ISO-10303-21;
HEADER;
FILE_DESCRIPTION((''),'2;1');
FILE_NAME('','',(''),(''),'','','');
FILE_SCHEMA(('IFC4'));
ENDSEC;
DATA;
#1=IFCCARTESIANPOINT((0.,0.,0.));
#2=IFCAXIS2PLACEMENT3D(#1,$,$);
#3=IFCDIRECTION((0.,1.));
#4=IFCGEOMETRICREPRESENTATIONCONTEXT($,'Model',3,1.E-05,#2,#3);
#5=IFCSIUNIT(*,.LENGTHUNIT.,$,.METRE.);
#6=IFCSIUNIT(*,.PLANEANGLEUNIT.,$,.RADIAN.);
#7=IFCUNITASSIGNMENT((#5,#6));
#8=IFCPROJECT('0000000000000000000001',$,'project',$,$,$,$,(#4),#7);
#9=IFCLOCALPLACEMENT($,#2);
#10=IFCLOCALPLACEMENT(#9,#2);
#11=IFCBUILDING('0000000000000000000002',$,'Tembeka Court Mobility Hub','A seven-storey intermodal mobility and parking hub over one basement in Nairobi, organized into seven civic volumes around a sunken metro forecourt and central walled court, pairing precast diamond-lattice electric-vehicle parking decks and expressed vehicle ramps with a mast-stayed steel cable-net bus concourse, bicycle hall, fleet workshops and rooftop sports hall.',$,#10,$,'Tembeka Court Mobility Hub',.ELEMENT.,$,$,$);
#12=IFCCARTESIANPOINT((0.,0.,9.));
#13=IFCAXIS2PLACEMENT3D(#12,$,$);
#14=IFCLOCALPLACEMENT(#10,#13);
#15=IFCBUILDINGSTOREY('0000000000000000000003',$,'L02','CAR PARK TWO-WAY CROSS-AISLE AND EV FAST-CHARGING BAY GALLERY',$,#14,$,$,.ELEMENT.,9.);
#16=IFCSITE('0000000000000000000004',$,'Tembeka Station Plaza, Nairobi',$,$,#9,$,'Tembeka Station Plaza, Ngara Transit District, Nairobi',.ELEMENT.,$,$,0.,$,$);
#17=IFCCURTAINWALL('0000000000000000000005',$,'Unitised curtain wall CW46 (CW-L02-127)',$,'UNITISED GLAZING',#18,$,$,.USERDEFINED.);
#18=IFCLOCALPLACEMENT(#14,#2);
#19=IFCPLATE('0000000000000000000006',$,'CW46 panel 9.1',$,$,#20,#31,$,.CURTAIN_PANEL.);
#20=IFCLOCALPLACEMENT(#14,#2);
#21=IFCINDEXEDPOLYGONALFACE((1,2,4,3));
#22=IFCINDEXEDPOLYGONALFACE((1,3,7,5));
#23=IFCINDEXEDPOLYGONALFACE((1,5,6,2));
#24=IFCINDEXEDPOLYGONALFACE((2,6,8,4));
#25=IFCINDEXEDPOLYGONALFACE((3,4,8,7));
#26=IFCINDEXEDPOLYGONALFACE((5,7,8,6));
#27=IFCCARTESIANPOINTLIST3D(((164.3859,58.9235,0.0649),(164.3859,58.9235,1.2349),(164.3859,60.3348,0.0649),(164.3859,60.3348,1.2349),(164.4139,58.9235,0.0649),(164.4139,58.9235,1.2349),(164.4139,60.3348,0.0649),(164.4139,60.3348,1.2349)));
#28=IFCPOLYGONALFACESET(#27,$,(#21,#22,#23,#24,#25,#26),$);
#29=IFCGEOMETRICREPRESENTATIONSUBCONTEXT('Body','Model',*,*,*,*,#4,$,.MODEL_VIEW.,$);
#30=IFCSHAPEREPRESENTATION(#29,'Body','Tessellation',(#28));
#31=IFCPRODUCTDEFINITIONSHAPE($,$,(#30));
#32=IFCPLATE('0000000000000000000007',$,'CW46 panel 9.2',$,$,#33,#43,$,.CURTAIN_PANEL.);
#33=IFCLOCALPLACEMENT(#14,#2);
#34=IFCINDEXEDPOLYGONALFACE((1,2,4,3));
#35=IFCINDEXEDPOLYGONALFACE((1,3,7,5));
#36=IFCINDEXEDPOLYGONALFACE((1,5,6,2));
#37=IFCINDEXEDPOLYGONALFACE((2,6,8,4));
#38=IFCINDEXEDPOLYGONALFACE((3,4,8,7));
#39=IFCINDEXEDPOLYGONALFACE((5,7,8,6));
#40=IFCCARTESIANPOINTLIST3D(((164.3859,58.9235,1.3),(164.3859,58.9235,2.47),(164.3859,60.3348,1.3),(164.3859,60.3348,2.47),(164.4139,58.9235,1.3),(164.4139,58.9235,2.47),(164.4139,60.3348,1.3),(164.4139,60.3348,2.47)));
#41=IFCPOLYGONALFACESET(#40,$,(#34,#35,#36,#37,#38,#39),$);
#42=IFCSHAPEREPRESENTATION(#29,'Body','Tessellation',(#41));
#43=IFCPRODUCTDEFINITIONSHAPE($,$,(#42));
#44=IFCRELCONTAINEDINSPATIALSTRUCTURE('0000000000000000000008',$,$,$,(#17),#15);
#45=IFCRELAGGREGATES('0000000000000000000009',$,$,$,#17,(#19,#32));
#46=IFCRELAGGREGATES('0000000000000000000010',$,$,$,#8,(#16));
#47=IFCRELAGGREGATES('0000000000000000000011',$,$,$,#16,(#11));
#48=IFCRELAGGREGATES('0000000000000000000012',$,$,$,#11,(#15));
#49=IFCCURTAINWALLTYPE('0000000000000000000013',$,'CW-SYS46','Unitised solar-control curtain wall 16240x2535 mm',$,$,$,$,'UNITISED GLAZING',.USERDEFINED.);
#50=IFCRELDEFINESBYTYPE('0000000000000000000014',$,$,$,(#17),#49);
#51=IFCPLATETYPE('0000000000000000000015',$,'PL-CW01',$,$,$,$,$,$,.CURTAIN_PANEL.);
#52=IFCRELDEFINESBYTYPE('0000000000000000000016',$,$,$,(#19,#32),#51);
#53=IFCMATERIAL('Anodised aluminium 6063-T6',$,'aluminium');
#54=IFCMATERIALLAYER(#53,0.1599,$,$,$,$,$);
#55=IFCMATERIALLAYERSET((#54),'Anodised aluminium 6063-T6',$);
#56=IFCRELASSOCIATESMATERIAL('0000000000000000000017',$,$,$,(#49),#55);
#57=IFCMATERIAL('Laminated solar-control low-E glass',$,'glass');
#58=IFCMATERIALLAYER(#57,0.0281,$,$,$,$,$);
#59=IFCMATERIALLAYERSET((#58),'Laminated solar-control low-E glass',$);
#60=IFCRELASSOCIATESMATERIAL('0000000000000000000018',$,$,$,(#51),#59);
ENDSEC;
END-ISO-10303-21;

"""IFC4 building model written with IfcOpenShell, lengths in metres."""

from ifc_helpers import new_model, si_unit, direction, frame, origin, origin_2d, place, context, subcontext, project, spatial, rectangle, extrude, material, layer, layer_set, type_object, element, aggregate, save


model = new_model("IFC4")

# Units and contexts
model_context = context("Model", 3, precision=1e-05, world=origin(), true_north=direction((0.0, 1.0)))
body_context = subcontext(model_context, "Body", "Model", "MODEL_VIEW")
ifc_project = project(units=[si_unit("LENGTHUNIT", "METRE"), si_unit("PLANEANGLEUNIT", "RADIAN")], contexts=[model_context])

# Site, building, storey
site_placement = place(None, origin())
site = spatial("IfcSite", under=ifc_project, at=site_placement, Name="Tembeka Station Plaza, Nairobi", LongName="Tembeka Station Plaza, Ngara Transit District, Nairobi", CompositionType="ELEMENT", RefElevation=0.0)
building_placement = place(site_placement, origin())
building = spatial("IfcBuilding", under=site, at=building_placement, Name="Tembeka Court Mobility Hub", Description="A seven-storey intermodal mobility and parking hub over one basement in Nairobi, organized into seven civic volumes around a sunken metro forecourt and central walled court, pairing precast diamond-lattice electric-vehicle parking decks and expressed vehicle ramps with a mast-stayed steel cable-net bus concourse, bicycle hall, fleet workshops and rooftop sports hall.", LongName="Tembeka Court Mobility Hub", CompositionType="ELEMENT")
storey_placement = place(building_placement, frame((0.0, 0.0, 9.0)))
storey = spatial("IfcBuildingStorey", under=building, at=storey_placement, Name="L02", Description="CAR PARK TWO-WAY CROSS-AISLE AND EV FAST-CHARGING BAY GALLERY", CompositionType="ELEMENT", Elevation=9.0)

# Curtain wall, plates
ifc_material_1 = material(Name="Anodised aluminium 6063-T6", Category="aluminium")
ifc_layer_1 = layer(ifc_material_1, 0.1599)
ifc_layer_set_1 = layer_set([ifc_layer_1], Name="Anodised aluminium 6063-T6")
curtain_wall_type = type_object("IfcCurtainWallType", Name="CW-SYS46", Description="Unitised solar-control curtain wall 16240x2535 mm", ElementType="UNITISED GLAZING", PredefinedType="USERDEFINED", material=ifc_layer_set_1)
curtain_wall_placement = place(storey_placement, origin())
curtain_wall = element("IfcCurtainWall", 1, at=curtain_wall_placement, inside=storey, type_object=curtain_wall_type, Name="Unitised curtain wall CW46 (CW-L02-127)", ObjectType="UNITISED GLAZING", PredefinedType="USERDEFINED")
ifc_material_2 = material(Name="Laminated solar-control low-E glass", Category="glass")
ifc_layer_2 = layer(ifc_material_2, 0.0281)
ifc_layer_set_2 = layer_set([ifc_layer_2], Name="Laminated solar-control low-E glass")
plate_type = type_object("IfcPlateType", Name="PL-CW01", PredefinedType="CURTAIN_PANEL", material=ifc_layer_set_2)
plate_1_placement = place(storey_placement, frame((164.3999, 59.6292, 0.0649), z_axis=(0.0, 0.0, 1.0), x_axis=(0.0, 1.0, 0.0)))
plate_1 = element("IfcPlate", 2, at=plate_1_placement, type_object=plate_type, Name="CW46 panel 9.1", PredefinedType="CURTAIN_PANEL", context=body_context, shape_type="SweptSolid", body=[
    extrude(rectangle(XDim=1.4114, YDim=0.0281, at=origin_2d()), origin(), (0.0, 0.0, 1.0), 1.1699),
])
plate_2_placement = place(storey_placement, frame((164.3999, 59.6292, 1.3), z_axis=(0.0, 0.0, 1.0), x_axis=(0.0, 1.0, 0.0)))
plate_2 = element("IfcPlate", 3, at=plate_2_placement, type_object=plate_type, Name="CW46 panel 9.2", PredefinedType="CURTAIN_PANEL", context=body_context, shape_type="SweptSolid", body=[
    extrude(rectangle(XDim=1.4114, YDim=0.0281, at=origin_2d()), origin(), (0.0, 0.0, 1.0), 1.1699),
])
aggregate(curtain_wall, [plate_1, plate_2])

save(model, "model.ifc")
